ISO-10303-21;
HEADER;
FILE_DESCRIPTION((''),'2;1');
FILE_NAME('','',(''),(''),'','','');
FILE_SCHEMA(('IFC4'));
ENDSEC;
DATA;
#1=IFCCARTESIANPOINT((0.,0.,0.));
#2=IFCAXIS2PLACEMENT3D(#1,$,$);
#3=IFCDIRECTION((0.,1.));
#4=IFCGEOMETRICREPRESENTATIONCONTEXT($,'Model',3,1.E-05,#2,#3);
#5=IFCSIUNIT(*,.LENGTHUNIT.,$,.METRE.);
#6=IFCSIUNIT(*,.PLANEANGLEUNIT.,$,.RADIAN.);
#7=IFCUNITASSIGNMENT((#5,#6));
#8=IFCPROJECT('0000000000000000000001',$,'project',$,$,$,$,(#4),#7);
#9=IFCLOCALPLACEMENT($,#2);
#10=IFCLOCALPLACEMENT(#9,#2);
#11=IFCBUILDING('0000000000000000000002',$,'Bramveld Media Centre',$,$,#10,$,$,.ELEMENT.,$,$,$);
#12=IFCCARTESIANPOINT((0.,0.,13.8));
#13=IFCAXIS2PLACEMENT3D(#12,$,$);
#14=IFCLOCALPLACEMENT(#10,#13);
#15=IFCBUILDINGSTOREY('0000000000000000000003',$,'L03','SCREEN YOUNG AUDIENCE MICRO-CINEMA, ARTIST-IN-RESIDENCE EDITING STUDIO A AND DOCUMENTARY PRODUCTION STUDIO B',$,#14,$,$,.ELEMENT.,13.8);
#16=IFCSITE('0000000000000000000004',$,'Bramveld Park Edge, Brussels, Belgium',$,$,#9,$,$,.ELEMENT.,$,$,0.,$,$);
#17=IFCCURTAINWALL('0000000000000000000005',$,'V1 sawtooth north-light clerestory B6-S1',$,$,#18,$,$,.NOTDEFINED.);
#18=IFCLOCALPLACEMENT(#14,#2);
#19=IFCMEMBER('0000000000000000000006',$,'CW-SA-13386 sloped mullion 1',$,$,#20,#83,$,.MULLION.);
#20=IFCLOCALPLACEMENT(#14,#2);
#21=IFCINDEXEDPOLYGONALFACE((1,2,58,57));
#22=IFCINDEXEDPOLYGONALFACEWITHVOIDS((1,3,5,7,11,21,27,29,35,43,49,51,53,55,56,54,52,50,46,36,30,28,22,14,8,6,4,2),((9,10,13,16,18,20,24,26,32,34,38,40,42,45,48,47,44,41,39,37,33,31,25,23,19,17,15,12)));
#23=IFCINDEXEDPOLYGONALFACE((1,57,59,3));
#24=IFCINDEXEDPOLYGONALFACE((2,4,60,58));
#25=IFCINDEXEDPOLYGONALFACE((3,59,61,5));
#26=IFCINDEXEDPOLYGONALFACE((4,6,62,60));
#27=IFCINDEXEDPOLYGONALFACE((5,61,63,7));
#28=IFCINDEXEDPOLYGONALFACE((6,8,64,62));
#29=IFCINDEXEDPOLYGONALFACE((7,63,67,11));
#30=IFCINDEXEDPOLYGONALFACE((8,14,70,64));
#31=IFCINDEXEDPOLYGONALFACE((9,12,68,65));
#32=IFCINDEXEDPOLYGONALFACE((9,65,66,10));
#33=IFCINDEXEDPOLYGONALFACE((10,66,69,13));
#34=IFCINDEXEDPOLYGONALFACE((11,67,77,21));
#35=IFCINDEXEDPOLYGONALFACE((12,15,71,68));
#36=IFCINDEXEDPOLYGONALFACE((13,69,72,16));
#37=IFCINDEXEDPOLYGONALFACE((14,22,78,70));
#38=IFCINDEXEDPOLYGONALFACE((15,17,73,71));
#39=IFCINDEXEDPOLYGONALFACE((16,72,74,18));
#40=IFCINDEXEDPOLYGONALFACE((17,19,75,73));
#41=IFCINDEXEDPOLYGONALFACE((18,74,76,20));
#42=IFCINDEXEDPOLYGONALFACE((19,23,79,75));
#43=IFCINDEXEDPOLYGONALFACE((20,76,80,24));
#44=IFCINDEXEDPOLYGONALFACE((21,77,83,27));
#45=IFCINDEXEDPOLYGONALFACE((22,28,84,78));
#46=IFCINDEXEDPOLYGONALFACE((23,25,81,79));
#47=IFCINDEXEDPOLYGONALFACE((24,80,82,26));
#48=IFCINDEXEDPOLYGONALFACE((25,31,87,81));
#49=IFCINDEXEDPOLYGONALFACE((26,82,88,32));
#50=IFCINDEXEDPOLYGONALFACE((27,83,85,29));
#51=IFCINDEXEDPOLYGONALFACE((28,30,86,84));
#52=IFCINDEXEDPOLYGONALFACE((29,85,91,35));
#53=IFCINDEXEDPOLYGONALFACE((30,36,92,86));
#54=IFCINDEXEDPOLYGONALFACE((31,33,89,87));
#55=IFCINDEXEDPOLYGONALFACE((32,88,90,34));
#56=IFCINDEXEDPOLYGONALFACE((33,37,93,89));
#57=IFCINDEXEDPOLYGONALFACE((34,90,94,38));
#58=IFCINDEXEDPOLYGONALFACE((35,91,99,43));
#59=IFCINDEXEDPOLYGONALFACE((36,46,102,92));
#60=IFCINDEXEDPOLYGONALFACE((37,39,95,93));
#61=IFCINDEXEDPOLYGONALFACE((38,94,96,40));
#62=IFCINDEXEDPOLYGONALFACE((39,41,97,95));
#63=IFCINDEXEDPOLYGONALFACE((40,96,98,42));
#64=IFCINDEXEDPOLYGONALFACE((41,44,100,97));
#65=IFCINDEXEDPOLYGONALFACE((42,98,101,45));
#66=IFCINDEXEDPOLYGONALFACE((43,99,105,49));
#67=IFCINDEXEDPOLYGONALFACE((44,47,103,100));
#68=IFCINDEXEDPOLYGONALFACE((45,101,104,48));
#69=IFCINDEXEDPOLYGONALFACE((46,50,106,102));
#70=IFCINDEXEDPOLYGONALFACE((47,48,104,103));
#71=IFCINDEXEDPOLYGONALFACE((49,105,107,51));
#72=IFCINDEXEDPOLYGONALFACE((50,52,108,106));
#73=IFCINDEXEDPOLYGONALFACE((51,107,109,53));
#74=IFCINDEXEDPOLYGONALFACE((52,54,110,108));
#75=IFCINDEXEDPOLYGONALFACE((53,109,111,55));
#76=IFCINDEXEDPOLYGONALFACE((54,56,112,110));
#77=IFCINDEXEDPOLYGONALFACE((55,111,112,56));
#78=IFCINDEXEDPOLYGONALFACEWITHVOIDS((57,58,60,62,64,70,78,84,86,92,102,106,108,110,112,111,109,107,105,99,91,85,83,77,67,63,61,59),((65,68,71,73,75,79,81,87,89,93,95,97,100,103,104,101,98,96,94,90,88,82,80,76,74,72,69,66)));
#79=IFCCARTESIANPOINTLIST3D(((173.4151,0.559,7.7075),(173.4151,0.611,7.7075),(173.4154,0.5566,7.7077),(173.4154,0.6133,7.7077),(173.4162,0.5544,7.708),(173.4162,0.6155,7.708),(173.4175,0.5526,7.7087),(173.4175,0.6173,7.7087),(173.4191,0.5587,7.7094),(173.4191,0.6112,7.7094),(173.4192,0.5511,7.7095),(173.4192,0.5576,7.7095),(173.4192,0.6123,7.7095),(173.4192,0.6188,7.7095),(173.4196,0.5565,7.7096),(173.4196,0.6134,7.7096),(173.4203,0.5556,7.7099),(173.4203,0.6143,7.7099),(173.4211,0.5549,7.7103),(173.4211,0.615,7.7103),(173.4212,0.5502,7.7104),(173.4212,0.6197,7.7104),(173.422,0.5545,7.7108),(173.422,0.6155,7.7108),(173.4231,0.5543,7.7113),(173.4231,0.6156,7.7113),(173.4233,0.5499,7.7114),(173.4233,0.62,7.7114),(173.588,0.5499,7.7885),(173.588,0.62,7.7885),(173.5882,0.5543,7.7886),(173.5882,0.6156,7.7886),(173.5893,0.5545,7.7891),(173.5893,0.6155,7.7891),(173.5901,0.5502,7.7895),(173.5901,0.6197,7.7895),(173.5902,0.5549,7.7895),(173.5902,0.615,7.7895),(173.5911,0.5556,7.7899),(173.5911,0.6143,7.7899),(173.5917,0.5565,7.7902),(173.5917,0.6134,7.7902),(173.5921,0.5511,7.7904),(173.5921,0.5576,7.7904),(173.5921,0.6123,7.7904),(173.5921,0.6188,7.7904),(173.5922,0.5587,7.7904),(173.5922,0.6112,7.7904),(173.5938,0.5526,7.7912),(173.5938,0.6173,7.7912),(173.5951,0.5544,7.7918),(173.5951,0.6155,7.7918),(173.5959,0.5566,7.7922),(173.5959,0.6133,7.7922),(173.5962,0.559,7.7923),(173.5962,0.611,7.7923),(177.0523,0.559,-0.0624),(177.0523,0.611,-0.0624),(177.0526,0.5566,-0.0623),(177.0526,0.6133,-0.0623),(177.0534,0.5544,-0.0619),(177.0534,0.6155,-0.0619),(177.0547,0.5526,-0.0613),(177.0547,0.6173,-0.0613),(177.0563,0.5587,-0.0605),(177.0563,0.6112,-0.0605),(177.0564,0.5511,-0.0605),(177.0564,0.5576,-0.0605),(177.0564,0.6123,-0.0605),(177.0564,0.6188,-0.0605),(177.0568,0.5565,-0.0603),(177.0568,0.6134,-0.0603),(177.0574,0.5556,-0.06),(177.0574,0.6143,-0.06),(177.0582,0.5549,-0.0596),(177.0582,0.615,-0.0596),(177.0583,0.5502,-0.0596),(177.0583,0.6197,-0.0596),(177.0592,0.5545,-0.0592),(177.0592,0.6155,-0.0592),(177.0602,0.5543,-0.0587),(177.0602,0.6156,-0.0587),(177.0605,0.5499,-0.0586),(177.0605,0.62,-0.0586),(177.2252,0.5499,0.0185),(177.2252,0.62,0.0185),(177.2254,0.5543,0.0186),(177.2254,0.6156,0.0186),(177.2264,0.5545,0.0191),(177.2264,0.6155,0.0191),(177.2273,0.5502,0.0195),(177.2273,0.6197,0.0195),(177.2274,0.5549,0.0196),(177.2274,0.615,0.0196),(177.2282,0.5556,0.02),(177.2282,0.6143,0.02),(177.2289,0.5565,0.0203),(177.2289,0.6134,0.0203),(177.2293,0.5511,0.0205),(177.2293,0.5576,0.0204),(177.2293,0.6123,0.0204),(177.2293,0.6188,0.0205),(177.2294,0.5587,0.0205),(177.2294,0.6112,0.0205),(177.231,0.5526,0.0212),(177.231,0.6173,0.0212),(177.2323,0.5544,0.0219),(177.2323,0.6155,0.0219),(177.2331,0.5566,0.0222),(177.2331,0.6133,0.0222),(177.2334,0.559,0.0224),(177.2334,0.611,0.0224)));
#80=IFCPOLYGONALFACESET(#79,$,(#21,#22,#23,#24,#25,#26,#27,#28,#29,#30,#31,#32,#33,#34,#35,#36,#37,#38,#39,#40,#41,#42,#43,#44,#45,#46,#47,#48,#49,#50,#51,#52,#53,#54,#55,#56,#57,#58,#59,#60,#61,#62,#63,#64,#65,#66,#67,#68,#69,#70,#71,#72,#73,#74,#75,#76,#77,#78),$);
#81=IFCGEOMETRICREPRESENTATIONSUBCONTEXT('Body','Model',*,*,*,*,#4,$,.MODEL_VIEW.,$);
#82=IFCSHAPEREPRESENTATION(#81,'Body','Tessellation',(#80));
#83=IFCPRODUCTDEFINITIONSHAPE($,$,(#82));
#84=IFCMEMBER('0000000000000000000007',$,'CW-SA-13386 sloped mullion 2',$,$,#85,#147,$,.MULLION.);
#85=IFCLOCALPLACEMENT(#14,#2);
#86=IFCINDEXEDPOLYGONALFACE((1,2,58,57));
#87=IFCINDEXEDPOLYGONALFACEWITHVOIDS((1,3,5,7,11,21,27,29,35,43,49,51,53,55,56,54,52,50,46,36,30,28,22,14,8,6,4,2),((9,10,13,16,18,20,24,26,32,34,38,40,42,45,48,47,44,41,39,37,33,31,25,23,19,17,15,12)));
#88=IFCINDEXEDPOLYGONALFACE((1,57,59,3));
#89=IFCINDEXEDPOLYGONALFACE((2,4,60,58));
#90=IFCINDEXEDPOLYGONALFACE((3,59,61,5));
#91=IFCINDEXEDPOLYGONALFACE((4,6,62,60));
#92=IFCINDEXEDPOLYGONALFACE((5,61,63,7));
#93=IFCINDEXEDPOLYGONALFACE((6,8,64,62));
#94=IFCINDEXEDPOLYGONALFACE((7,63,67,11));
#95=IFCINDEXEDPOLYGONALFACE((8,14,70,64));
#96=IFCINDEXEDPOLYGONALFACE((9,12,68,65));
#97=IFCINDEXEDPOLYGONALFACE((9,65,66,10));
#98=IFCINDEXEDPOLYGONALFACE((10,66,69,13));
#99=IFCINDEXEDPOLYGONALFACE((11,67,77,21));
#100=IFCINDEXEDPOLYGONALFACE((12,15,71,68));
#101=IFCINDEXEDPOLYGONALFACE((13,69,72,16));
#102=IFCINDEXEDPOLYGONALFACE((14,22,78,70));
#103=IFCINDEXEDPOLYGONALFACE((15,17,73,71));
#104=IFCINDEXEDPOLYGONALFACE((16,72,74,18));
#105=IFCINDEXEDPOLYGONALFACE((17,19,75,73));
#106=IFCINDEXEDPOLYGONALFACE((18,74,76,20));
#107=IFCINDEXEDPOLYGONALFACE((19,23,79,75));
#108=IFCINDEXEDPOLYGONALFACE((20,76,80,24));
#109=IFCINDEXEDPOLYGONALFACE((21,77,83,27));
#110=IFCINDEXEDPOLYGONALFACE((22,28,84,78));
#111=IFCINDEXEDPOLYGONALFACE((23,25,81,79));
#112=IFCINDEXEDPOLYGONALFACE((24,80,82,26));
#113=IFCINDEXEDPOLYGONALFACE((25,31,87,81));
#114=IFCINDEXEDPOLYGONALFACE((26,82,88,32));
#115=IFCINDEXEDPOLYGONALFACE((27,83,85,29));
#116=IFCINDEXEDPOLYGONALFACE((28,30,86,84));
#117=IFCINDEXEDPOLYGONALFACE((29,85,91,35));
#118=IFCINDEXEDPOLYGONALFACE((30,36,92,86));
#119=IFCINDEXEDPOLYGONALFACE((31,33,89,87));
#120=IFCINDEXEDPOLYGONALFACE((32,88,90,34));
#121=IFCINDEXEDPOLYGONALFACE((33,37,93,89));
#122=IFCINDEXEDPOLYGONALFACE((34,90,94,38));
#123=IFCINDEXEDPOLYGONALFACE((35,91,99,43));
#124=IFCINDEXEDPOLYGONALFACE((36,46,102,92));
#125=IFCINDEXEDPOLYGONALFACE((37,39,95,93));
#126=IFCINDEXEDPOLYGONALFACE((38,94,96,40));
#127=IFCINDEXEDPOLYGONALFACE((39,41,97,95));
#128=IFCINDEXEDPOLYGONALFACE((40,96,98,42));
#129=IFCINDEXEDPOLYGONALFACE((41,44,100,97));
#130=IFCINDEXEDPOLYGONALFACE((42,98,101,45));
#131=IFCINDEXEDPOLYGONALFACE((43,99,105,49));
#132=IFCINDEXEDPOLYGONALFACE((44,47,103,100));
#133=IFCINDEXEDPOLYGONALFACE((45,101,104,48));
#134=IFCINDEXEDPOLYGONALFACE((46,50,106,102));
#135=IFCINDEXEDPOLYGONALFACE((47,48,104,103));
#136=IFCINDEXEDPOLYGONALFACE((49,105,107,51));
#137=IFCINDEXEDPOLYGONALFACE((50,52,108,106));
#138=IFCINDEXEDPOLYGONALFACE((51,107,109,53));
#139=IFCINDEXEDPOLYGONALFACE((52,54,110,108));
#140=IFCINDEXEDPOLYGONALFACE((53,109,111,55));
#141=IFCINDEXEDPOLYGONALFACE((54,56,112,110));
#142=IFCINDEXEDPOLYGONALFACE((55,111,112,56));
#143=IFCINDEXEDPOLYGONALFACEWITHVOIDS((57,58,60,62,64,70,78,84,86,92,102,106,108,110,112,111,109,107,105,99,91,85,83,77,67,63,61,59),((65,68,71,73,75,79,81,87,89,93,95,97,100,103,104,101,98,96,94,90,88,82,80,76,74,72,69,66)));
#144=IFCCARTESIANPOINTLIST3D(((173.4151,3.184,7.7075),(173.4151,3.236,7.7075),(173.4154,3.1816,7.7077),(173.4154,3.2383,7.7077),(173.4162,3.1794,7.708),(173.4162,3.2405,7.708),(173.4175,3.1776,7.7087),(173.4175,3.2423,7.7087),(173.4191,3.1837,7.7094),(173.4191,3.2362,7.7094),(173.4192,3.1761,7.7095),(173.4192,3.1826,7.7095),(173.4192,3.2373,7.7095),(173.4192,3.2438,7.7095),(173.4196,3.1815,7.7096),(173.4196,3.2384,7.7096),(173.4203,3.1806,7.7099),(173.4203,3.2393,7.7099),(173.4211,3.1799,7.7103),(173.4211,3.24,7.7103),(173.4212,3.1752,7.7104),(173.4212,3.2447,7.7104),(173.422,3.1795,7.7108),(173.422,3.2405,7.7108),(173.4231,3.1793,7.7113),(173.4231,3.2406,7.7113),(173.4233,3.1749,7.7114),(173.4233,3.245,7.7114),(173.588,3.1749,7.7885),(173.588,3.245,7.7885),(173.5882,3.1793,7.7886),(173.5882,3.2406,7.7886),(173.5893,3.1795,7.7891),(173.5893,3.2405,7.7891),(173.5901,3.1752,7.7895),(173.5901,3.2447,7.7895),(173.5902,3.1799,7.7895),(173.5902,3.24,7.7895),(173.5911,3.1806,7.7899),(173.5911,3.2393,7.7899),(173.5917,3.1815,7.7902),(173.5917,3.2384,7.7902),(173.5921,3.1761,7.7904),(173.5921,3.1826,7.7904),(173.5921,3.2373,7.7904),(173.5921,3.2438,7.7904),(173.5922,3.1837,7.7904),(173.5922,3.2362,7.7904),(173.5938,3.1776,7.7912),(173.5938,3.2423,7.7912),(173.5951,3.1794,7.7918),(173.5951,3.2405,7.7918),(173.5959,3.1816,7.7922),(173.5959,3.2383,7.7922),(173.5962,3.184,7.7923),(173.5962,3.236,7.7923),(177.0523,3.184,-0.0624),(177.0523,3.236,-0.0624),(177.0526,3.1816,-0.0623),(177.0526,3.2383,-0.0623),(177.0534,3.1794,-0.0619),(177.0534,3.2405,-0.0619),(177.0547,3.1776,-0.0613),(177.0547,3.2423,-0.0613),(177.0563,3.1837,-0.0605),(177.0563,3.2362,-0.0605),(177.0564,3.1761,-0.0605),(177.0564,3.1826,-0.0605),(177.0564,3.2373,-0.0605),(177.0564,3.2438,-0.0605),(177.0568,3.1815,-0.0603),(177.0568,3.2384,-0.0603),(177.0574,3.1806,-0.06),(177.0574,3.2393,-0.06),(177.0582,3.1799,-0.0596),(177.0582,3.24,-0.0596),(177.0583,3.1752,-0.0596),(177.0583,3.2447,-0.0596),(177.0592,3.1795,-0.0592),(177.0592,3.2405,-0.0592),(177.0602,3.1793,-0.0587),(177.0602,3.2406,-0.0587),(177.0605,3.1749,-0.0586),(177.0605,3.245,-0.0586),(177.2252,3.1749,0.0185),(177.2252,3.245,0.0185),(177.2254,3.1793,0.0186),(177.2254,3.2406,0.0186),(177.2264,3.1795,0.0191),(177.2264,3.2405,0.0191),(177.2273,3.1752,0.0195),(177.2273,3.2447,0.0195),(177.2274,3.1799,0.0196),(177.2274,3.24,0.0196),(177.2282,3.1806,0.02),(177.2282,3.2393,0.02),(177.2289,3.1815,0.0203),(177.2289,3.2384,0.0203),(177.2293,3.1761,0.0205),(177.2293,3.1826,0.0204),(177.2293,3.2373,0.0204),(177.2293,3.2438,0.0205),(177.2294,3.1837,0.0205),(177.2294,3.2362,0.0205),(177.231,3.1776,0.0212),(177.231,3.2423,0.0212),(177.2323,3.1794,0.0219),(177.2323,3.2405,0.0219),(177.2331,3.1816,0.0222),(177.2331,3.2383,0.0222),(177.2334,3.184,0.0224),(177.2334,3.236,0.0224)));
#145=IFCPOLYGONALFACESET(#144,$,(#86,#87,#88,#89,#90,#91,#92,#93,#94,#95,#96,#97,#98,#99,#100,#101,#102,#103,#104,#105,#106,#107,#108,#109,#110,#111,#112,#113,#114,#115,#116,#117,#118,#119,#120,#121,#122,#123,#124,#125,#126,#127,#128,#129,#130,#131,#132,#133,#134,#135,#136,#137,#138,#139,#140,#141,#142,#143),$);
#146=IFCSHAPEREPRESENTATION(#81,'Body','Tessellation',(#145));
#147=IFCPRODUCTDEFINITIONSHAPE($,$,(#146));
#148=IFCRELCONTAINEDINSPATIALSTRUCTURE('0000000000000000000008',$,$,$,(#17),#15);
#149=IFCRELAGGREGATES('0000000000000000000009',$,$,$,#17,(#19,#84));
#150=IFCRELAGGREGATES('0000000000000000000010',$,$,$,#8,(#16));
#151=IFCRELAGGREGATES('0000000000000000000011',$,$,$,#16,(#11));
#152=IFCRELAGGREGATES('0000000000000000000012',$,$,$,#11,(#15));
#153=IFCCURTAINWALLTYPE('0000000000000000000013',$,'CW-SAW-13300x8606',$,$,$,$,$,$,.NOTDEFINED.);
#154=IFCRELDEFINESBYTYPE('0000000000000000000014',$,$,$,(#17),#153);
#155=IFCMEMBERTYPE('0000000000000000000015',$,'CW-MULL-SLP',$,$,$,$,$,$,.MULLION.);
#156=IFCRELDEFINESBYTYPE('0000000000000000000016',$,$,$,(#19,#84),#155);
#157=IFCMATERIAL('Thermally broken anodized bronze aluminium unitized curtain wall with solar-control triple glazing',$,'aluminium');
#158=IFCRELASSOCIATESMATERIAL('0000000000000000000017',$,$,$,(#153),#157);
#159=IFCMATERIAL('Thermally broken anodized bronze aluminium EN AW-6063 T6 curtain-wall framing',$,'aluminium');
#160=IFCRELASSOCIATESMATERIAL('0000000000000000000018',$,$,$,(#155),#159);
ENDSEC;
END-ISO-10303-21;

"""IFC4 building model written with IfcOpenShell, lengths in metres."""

from ifc_helpers import new_model, si_unit, direction, frame, origin, origin_2d, place, context, subcontext, project, spatial, hollow_rectangle, extrude, material, material_profile, profile_set, type_object, element, aggregate, save


model = new_model("IFC4")

# Units and contexts
model_context = context("Model", 3, precision=1e-05, world=origin(), true_north=direction((0.0, 1.0)))
body_context = subcontext(model_context, "Body", "Model", "MODEL_VIEW")
ifc_project = project(units=[si_unit("LENGTHUNIT", "METRE"), si_unit("PLANEANGLEUNIT", "RADIAN")], contexts=[model_context])

# Site, building, storey
site_placement = place(None, origin())
site = spatial("IfcSite", under=ifc_project, at=site_placement, Name="Bramveld Park Edge, Brussels, Belgium", CompositionType="ELEMENT", RefElevation=0.0)
building_placement = place(site_placement, origin())
building = spatial("IfcBuilding", under=site, at=building_placement, Name="Bramveld Media Centre", CompositionType="ELEMENT")
storey_placement = place(building_placement, frame((0.0, 0.0, 13.8)))
storey = spatial("IfcBuildingStorey", under=building, at=storey_placement, Name="L03", Description="SCREEN YOUNG AUDIENCE MICRO-CINEMA, ARTIST-IN-RESIDENCE EDITING STUDIO A AND DOCUMENTARY PRODUCTION STUDIO B", CompositionType="ELEMENT", Elevation=13.8)

# Curtain wall, members
ifc_material_1 = material(Name="Thermally broken anodized bronze aluminium unitized curtain wall with solar-control triple glazing", Category="aluminium")
curtain_wall_type = type_object("IfcCurtainWallType", Name="CW-SAW-13300x8606", PredefinedType="NOTDEFINED", material=ifc_material_1)
curtain_wall_placement = place(storey_placement, origin())
curtain_wall = element("IfcCurtainWall", 1, at=curtain_wall_placement, inside=storey, type_object=curtain_wall_type, Name="V1 sawtooth north-light clerestory B6-S1", PredefinedType="NOTDEFINED")
ifc_material_2 = material(Name="Thermally broken anodized bronze aluminium EN AW-6063 T6 curtain-wall framing", Category="aluminium")
ifc_material_profile_1 = material_profile(ifc_material_2, hollow_rectangle(XDim=0.0701, YDim=0.2, WallThickness=0.0044, InnerFilletRadius=0.0044, OuterFilletRadius=0.009, at=origin_2d()), Name="AL-MULL 70x200")
ifc_profile_set_1 = profile_set([ifc_material_profile_1], Name="Thermally broken anodized bronze aluminium EN AW-6063 T6 curtain-wall framing")
member_type_1 = type_object("IfcMemberType", Name="CW-MULL-SLP", PredefinedType="MULLION", material=ifc_profile_set_1)
member_1_placement = place(storey_placement, frame((177.1428, 0.585, -0.02), z_axis=(-0.423957, 0.0, 0.905682), x_axis=(0.0, -1.0, 0.0)))
member_1 = element("IfcMember", 2, at=member_1_placement, type_object=member_type_1, Name="CW-SA-13386 sloped mullion 1", PredefinedType="MULLION", context=body_context, shape_type="SweptSolid", body=[
    extrude(hollow_rectangle(XDim=0.0701, YDim=0.2, WallThickness=0.0044, InnerFilletRadius=0.0044, OuterFilletRadius=0.009, at=origin_2d()), origin(), (0.0, 0.0, 1.0), 8.5791),
])
member_2_placement = place(storey_placement, frame((177.1428, 3.21, -0.02), z_axis=(-0.423957, 0.0, 0.905682), x_axis=(0.0, -1.0, 0.0)))
member_2 = element("IfcMember", 3, at=member_2_placement, type_object=member_type_1, Name="CW-SA-13386 sloped mullion 2", PredefinedType="MULLION", context=body_context, shape_type="SweptSolid", body=[
    extrude(hollow_rectangle(XDim=0.0701, YDim=0.2, WallThickness=0.0044, InnerFilletRadius=0.0044, OuterFilletRadius=0.009, at=origin_2d()), origin(), (0.0, 0.0, 1.0), 8.5791),
])

aggregate(curtain_wall, [member_1, member_2])

save(model, "model.ifc")
